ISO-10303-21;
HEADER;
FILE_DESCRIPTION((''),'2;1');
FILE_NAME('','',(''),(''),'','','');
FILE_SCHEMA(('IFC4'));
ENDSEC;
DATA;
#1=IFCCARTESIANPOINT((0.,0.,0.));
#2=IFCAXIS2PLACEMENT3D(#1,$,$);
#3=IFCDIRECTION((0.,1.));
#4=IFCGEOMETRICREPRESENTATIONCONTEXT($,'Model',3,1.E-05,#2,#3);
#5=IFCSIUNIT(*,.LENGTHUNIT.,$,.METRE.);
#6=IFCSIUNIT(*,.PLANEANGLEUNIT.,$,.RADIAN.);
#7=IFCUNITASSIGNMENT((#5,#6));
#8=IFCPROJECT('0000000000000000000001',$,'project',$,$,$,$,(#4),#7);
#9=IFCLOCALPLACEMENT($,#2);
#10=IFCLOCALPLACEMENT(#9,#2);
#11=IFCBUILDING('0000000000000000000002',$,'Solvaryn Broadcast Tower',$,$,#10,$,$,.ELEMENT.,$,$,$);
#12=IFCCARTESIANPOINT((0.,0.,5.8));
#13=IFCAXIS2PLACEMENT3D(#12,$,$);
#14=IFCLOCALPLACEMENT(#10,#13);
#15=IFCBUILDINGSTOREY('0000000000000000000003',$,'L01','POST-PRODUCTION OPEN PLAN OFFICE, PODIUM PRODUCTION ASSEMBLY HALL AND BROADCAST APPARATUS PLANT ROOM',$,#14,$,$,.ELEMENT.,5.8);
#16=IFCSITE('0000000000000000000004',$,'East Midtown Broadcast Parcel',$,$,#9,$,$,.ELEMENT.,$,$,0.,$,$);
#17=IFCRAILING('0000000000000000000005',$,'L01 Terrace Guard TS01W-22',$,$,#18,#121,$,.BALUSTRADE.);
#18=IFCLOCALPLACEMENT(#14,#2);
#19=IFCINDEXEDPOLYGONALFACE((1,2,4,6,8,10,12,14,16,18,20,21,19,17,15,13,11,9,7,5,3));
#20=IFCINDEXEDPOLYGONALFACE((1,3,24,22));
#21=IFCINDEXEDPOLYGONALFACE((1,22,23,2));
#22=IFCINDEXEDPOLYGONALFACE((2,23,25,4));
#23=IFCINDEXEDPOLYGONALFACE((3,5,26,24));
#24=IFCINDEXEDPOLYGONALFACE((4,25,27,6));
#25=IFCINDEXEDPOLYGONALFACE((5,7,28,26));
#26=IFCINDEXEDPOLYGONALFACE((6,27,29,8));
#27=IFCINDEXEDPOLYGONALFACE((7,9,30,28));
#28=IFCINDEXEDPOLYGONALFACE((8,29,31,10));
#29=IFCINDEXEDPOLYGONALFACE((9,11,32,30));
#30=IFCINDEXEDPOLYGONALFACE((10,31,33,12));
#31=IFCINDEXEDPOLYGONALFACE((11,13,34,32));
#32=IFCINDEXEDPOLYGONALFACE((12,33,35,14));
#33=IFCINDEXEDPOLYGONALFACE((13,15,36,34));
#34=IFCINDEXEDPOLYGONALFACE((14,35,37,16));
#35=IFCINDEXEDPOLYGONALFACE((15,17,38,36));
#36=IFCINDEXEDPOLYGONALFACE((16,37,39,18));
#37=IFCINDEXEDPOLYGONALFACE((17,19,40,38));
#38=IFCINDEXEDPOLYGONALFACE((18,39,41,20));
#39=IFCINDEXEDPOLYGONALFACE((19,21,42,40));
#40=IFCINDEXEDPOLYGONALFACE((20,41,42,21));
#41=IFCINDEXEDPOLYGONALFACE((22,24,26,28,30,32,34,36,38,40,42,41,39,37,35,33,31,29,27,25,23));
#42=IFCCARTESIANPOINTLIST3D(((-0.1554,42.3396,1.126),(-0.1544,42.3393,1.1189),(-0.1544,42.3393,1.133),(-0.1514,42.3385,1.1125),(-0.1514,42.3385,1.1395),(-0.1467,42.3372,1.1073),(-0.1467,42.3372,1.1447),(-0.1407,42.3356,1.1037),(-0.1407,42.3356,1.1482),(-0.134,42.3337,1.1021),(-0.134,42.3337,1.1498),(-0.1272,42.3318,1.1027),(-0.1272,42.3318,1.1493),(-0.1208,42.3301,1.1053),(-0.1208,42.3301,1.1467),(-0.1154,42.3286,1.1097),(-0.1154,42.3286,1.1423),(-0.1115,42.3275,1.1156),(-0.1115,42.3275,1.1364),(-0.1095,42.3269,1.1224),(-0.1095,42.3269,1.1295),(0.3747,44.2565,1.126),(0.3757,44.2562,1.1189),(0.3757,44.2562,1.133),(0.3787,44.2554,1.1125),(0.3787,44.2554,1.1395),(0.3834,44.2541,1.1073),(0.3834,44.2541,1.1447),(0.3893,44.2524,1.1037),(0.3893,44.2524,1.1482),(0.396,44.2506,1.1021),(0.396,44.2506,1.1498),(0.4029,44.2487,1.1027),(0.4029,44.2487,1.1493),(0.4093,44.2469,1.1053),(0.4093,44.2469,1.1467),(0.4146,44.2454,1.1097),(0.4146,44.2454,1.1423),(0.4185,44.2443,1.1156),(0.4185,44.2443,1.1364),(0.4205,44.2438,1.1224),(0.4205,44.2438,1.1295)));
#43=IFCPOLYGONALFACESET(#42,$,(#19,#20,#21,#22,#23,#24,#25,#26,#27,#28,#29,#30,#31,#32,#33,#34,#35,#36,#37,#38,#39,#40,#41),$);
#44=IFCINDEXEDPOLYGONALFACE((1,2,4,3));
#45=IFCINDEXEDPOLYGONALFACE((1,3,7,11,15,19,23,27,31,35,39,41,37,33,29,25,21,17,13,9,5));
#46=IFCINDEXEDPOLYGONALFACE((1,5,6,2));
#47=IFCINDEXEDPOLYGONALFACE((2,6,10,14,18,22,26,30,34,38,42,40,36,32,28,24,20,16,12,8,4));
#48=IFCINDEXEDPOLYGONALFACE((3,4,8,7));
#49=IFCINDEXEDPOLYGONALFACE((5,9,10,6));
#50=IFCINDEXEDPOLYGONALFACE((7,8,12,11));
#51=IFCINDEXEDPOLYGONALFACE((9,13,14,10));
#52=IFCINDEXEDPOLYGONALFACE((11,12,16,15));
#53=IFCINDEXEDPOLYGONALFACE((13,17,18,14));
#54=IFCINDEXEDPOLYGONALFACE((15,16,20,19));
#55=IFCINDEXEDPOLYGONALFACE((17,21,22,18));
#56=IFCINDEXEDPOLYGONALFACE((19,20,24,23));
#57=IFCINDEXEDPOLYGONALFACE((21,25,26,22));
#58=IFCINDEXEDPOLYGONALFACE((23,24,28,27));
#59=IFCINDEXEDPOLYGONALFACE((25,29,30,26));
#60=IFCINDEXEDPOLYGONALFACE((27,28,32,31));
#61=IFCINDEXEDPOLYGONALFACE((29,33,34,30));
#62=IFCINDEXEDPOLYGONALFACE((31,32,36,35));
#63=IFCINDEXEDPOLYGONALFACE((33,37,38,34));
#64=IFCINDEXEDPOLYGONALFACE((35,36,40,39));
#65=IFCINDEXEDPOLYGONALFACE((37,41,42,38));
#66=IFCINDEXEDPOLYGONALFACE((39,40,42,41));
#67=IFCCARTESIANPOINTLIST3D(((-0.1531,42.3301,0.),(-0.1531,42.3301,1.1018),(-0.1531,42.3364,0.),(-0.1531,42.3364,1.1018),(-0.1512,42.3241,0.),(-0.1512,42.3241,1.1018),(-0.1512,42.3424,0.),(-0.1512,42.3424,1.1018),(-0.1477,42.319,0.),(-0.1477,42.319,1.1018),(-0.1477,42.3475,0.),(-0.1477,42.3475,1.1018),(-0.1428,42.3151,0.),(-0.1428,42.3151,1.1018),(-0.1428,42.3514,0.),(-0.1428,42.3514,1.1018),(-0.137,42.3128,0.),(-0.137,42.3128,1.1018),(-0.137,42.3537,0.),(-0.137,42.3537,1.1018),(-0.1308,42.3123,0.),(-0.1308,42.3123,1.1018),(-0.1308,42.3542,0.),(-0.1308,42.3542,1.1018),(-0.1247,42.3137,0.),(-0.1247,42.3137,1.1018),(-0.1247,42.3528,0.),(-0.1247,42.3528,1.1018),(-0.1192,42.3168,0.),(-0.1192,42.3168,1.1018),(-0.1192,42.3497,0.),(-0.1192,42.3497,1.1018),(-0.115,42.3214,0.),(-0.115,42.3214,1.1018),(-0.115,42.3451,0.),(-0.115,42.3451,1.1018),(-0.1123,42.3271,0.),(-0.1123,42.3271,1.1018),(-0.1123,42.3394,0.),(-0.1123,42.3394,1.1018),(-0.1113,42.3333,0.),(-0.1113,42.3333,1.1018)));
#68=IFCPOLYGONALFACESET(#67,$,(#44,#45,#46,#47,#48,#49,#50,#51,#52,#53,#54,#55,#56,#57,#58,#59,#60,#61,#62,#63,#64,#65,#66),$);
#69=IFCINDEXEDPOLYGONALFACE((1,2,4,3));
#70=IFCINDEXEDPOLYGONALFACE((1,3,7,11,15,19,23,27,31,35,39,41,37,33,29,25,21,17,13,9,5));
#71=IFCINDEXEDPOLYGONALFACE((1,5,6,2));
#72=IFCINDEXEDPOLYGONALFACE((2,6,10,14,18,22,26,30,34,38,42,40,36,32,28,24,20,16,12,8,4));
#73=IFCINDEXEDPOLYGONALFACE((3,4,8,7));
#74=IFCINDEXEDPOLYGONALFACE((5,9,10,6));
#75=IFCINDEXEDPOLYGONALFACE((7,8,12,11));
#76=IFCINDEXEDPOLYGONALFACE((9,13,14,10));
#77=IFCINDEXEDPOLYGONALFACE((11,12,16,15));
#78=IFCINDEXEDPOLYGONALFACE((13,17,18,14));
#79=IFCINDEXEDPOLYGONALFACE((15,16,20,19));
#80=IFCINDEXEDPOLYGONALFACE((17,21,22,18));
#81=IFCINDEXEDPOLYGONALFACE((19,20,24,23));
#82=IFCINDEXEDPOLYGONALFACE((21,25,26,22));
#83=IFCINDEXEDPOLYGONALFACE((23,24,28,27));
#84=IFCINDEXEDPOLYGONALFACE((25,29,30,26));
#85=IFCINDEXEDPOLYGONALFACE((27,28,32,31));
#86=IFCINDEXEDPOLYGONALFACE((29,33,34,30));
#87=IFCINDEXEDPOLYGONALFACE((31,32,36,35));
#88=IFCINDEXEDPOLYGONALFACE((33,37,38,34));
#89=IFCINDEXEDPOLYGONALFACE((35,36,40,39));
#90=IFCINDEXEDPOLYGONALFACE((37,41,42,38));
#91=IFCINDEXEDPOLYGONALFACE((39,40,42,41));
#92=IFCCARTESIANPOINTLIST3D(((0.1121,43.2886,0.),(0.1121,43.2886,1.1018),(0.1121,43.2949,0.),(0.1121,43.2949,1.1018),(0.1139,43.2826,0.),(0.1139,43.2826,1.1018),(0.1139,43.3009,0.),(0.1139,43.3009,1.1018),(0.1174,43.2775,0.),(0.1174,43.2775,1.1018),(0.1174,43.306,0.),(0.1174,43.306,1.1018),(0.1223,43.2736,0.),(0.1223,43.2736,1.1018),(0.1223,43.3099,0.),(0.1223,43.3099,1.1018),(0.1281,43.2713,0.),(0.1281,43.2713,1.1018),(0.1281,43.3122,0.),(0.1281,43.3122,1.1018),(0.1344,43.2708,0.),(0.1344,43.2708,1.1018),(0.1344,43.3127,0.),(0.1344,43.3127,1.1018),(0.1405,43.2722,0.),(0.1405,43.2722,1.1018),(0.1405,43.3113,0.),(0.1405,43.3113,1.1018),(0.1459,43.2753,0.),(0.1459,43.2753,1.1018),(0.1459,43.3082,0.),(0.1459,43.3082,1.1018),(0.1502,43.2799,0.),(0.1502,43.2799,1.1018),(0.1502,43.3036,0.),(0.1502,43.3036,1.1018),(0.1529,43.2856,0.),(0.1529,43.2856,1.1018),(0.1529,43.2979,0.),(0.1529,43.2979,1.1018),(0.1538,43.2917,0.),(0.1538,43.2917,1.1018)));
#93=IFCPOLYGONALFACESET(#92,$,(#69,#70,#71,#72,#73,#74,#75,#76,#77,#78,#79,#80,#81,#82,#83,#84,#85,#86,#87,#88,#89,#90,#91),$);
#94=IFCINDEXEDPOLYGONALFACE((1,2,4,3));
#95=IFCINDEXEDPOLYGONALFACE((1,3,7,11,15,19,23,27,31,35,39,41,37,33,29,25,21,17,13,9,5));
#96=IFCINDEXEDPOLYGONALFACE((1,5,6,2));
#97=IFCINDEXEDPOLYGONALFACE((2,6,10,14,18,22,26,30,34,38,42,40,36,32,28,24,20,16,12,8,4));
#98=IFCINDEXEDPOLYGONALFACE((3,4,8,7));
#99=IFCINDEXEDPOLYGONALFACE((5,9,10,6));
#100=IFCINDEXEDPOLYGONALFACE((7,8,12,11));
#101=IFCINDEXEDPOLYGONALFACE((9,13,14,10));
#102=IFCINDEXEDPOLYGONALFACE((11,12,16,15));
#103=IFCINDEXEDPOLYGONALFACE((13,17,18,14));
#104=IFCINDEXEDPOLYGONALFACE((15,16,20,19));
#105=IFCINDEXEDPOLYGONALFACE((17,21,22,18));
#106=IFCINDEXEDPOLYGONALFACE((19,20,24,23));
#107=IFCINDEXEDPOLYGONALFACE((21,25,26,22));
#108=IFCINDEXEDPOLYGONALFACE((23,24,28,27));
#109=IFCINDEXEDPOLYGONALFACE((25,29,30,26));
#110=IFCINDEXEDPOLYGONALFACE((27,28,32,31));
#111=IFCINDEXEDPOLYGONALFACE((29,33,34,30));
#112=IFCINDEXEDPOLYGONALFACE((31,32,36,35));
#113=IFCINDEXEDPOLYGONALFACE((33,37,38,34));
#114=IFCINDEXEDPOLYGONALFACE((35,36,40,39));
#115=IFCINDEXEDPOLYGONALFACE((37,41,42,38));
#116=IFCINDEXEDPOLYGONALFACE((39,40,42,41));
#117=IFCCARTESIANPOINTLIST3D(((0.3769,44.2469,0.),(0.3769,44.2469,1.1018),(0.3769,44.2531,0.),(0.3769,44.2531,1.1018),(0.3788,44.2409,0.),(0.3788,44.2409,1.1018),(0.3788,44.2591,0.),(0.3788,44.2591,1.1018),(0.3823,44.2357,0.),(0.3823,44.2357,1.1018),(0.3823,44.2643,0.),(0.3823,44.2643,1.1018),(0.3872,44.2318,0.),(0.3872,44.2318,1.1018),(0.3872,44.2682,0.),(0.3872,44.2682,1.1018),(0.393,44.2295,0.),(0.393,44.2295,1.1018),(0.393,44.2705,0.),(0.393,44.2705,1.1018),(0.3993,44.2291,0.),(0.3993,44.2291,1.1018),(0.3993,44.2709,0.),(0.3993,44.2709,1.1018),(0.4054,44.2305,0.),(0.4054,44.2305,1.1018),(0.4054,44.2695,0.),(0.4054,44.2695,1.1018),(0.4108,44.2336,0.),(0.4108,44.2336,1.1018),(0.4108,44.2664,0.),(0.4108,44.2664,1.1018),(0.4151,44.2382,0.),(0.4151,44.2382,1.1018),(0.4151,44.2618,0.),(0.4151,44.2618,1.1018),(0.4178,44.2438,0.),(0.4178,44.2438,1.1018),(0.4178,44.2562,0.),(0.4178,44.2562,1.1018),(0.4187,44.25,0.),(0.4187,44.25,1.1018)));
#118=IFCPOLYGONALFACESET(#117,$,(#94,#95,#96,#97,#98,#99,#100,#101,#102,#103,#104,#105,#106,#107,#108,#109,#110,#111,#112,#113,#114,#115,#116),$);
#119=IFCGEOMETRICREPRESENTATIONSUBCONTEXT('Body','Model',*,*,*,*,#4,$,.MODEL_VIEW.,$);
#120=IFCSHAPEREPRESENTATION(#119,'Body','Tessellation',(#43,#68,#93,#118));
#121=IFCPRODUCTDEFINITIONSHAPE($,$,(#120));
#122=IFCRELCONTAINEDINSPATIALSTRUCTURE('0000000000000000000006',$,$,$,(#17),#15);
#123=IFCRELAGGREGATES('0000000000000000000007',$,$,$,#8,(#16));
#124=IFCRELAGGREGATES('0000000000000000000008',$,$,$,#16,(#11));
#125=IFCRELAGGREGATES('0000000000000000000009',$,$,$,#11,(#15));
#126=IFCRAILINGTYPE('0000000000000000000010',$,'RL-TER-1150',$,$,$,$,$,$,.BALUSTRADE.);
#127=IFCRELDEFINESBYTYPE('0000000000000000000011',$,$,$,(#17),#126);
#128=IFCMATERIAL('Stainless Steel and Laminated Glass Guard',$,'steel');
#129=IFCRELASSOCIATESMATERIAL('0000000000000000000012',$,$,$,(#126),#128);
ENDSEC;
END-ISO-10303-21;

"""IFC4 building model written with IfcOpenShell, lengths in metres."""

from ifc_helpers import new_model, si_unit, direction, frame, origin, origin_2d, place, context, subcontext, project, spatial, circle, extrude, material, type_object, element, save


model = new_model("IFC4")

# Units and contexts
model_context = context("Model", 3, precision=1e-05, world=origin(), true_north=direction((0.0, 1.0)))
body_context = subcontext(model_context, "Body", "Model", "MODEL_VIEW")
ifc_project = project(units=[si_unit("LENGTHUNIT", "METRE"), si_unit("PLANEANGLEUNIT", "RADIAN")], contexts=[model_context])

# Site, building, storey
site_placement = place(None, origin())
site = spatial("IfcSite", under=ifc_project, at=site_placement, Name="East Midtown Broadcast Parcel", CompositionType="ELEMENT", RefElevation=0.0)
building_placement = place(site_placement, origin())
building = spatial("IfcBuilding", under=site, at=building_placement, Name="Solvaryn Broadcast Tower", CompositionType="ELEMENT")
storey_placement = place(building_placement, frame((0.0, 0.0, 5.8)))
storey = spatial("IfcBuildingStorey", under=building, at=storey_placement, Name="L01", Description="POST-PRODUCTION OPEN PLAN OFFICE, PODIUM PRODUCTION ASSEMBLY HALL AND BROADCAST APPARATUS PLANT ROOM", CompositionType="ELEMENT", Elevation=5.8)

# Railing
ifc_material_1 = material(Name="Stainless Steel and Laminated Glass Guard", Category="steel")
railing_type = type_object("IfcRailingType", Name="RL-TER-1150", PredefinedType="BALUSTRADE", material=ifc_material_1)
railing_1_placement = place(storey_placement, frame((-0.1323, 42.3333, 0.0)))
element("IfcRailing", 1, at=railing_1_placement, inside=storey, type_object=railing_type, Name="L01 Terrace Guard TS01W-22", PredefinedType="BALUSTRADE", context=body_context, shape_type="SweptSolid", body=[
    extrude(circle(Radius=0.0239, at=origin_2d()), frame((0.0, 0.0, 1.126), z_axis=(0.266523, 0.963829, 0.0), x_axis=(-0.963829, 0.266523, 0.0)), (0.0, 0.0, 1.0), 1.9888),
    extrude(circle(Radius=0.021, at=origin_2d()), origin(), (0.0, 0.0, 1.0), 1.1018),
    extrude(circle(Radius=0.021, at=origin_2d()), frame((0.2651, 0.9585, 0.0)), (0.0, 0.0, 1.0), 1.1018),
    extrude(circle(Radius=0.021, at=origin_2d()), frame((0.53, 1.9167, 0.0)), (0.0, 0.0, 1.0), 1.1018),
])

save(model, "model.ifc")
